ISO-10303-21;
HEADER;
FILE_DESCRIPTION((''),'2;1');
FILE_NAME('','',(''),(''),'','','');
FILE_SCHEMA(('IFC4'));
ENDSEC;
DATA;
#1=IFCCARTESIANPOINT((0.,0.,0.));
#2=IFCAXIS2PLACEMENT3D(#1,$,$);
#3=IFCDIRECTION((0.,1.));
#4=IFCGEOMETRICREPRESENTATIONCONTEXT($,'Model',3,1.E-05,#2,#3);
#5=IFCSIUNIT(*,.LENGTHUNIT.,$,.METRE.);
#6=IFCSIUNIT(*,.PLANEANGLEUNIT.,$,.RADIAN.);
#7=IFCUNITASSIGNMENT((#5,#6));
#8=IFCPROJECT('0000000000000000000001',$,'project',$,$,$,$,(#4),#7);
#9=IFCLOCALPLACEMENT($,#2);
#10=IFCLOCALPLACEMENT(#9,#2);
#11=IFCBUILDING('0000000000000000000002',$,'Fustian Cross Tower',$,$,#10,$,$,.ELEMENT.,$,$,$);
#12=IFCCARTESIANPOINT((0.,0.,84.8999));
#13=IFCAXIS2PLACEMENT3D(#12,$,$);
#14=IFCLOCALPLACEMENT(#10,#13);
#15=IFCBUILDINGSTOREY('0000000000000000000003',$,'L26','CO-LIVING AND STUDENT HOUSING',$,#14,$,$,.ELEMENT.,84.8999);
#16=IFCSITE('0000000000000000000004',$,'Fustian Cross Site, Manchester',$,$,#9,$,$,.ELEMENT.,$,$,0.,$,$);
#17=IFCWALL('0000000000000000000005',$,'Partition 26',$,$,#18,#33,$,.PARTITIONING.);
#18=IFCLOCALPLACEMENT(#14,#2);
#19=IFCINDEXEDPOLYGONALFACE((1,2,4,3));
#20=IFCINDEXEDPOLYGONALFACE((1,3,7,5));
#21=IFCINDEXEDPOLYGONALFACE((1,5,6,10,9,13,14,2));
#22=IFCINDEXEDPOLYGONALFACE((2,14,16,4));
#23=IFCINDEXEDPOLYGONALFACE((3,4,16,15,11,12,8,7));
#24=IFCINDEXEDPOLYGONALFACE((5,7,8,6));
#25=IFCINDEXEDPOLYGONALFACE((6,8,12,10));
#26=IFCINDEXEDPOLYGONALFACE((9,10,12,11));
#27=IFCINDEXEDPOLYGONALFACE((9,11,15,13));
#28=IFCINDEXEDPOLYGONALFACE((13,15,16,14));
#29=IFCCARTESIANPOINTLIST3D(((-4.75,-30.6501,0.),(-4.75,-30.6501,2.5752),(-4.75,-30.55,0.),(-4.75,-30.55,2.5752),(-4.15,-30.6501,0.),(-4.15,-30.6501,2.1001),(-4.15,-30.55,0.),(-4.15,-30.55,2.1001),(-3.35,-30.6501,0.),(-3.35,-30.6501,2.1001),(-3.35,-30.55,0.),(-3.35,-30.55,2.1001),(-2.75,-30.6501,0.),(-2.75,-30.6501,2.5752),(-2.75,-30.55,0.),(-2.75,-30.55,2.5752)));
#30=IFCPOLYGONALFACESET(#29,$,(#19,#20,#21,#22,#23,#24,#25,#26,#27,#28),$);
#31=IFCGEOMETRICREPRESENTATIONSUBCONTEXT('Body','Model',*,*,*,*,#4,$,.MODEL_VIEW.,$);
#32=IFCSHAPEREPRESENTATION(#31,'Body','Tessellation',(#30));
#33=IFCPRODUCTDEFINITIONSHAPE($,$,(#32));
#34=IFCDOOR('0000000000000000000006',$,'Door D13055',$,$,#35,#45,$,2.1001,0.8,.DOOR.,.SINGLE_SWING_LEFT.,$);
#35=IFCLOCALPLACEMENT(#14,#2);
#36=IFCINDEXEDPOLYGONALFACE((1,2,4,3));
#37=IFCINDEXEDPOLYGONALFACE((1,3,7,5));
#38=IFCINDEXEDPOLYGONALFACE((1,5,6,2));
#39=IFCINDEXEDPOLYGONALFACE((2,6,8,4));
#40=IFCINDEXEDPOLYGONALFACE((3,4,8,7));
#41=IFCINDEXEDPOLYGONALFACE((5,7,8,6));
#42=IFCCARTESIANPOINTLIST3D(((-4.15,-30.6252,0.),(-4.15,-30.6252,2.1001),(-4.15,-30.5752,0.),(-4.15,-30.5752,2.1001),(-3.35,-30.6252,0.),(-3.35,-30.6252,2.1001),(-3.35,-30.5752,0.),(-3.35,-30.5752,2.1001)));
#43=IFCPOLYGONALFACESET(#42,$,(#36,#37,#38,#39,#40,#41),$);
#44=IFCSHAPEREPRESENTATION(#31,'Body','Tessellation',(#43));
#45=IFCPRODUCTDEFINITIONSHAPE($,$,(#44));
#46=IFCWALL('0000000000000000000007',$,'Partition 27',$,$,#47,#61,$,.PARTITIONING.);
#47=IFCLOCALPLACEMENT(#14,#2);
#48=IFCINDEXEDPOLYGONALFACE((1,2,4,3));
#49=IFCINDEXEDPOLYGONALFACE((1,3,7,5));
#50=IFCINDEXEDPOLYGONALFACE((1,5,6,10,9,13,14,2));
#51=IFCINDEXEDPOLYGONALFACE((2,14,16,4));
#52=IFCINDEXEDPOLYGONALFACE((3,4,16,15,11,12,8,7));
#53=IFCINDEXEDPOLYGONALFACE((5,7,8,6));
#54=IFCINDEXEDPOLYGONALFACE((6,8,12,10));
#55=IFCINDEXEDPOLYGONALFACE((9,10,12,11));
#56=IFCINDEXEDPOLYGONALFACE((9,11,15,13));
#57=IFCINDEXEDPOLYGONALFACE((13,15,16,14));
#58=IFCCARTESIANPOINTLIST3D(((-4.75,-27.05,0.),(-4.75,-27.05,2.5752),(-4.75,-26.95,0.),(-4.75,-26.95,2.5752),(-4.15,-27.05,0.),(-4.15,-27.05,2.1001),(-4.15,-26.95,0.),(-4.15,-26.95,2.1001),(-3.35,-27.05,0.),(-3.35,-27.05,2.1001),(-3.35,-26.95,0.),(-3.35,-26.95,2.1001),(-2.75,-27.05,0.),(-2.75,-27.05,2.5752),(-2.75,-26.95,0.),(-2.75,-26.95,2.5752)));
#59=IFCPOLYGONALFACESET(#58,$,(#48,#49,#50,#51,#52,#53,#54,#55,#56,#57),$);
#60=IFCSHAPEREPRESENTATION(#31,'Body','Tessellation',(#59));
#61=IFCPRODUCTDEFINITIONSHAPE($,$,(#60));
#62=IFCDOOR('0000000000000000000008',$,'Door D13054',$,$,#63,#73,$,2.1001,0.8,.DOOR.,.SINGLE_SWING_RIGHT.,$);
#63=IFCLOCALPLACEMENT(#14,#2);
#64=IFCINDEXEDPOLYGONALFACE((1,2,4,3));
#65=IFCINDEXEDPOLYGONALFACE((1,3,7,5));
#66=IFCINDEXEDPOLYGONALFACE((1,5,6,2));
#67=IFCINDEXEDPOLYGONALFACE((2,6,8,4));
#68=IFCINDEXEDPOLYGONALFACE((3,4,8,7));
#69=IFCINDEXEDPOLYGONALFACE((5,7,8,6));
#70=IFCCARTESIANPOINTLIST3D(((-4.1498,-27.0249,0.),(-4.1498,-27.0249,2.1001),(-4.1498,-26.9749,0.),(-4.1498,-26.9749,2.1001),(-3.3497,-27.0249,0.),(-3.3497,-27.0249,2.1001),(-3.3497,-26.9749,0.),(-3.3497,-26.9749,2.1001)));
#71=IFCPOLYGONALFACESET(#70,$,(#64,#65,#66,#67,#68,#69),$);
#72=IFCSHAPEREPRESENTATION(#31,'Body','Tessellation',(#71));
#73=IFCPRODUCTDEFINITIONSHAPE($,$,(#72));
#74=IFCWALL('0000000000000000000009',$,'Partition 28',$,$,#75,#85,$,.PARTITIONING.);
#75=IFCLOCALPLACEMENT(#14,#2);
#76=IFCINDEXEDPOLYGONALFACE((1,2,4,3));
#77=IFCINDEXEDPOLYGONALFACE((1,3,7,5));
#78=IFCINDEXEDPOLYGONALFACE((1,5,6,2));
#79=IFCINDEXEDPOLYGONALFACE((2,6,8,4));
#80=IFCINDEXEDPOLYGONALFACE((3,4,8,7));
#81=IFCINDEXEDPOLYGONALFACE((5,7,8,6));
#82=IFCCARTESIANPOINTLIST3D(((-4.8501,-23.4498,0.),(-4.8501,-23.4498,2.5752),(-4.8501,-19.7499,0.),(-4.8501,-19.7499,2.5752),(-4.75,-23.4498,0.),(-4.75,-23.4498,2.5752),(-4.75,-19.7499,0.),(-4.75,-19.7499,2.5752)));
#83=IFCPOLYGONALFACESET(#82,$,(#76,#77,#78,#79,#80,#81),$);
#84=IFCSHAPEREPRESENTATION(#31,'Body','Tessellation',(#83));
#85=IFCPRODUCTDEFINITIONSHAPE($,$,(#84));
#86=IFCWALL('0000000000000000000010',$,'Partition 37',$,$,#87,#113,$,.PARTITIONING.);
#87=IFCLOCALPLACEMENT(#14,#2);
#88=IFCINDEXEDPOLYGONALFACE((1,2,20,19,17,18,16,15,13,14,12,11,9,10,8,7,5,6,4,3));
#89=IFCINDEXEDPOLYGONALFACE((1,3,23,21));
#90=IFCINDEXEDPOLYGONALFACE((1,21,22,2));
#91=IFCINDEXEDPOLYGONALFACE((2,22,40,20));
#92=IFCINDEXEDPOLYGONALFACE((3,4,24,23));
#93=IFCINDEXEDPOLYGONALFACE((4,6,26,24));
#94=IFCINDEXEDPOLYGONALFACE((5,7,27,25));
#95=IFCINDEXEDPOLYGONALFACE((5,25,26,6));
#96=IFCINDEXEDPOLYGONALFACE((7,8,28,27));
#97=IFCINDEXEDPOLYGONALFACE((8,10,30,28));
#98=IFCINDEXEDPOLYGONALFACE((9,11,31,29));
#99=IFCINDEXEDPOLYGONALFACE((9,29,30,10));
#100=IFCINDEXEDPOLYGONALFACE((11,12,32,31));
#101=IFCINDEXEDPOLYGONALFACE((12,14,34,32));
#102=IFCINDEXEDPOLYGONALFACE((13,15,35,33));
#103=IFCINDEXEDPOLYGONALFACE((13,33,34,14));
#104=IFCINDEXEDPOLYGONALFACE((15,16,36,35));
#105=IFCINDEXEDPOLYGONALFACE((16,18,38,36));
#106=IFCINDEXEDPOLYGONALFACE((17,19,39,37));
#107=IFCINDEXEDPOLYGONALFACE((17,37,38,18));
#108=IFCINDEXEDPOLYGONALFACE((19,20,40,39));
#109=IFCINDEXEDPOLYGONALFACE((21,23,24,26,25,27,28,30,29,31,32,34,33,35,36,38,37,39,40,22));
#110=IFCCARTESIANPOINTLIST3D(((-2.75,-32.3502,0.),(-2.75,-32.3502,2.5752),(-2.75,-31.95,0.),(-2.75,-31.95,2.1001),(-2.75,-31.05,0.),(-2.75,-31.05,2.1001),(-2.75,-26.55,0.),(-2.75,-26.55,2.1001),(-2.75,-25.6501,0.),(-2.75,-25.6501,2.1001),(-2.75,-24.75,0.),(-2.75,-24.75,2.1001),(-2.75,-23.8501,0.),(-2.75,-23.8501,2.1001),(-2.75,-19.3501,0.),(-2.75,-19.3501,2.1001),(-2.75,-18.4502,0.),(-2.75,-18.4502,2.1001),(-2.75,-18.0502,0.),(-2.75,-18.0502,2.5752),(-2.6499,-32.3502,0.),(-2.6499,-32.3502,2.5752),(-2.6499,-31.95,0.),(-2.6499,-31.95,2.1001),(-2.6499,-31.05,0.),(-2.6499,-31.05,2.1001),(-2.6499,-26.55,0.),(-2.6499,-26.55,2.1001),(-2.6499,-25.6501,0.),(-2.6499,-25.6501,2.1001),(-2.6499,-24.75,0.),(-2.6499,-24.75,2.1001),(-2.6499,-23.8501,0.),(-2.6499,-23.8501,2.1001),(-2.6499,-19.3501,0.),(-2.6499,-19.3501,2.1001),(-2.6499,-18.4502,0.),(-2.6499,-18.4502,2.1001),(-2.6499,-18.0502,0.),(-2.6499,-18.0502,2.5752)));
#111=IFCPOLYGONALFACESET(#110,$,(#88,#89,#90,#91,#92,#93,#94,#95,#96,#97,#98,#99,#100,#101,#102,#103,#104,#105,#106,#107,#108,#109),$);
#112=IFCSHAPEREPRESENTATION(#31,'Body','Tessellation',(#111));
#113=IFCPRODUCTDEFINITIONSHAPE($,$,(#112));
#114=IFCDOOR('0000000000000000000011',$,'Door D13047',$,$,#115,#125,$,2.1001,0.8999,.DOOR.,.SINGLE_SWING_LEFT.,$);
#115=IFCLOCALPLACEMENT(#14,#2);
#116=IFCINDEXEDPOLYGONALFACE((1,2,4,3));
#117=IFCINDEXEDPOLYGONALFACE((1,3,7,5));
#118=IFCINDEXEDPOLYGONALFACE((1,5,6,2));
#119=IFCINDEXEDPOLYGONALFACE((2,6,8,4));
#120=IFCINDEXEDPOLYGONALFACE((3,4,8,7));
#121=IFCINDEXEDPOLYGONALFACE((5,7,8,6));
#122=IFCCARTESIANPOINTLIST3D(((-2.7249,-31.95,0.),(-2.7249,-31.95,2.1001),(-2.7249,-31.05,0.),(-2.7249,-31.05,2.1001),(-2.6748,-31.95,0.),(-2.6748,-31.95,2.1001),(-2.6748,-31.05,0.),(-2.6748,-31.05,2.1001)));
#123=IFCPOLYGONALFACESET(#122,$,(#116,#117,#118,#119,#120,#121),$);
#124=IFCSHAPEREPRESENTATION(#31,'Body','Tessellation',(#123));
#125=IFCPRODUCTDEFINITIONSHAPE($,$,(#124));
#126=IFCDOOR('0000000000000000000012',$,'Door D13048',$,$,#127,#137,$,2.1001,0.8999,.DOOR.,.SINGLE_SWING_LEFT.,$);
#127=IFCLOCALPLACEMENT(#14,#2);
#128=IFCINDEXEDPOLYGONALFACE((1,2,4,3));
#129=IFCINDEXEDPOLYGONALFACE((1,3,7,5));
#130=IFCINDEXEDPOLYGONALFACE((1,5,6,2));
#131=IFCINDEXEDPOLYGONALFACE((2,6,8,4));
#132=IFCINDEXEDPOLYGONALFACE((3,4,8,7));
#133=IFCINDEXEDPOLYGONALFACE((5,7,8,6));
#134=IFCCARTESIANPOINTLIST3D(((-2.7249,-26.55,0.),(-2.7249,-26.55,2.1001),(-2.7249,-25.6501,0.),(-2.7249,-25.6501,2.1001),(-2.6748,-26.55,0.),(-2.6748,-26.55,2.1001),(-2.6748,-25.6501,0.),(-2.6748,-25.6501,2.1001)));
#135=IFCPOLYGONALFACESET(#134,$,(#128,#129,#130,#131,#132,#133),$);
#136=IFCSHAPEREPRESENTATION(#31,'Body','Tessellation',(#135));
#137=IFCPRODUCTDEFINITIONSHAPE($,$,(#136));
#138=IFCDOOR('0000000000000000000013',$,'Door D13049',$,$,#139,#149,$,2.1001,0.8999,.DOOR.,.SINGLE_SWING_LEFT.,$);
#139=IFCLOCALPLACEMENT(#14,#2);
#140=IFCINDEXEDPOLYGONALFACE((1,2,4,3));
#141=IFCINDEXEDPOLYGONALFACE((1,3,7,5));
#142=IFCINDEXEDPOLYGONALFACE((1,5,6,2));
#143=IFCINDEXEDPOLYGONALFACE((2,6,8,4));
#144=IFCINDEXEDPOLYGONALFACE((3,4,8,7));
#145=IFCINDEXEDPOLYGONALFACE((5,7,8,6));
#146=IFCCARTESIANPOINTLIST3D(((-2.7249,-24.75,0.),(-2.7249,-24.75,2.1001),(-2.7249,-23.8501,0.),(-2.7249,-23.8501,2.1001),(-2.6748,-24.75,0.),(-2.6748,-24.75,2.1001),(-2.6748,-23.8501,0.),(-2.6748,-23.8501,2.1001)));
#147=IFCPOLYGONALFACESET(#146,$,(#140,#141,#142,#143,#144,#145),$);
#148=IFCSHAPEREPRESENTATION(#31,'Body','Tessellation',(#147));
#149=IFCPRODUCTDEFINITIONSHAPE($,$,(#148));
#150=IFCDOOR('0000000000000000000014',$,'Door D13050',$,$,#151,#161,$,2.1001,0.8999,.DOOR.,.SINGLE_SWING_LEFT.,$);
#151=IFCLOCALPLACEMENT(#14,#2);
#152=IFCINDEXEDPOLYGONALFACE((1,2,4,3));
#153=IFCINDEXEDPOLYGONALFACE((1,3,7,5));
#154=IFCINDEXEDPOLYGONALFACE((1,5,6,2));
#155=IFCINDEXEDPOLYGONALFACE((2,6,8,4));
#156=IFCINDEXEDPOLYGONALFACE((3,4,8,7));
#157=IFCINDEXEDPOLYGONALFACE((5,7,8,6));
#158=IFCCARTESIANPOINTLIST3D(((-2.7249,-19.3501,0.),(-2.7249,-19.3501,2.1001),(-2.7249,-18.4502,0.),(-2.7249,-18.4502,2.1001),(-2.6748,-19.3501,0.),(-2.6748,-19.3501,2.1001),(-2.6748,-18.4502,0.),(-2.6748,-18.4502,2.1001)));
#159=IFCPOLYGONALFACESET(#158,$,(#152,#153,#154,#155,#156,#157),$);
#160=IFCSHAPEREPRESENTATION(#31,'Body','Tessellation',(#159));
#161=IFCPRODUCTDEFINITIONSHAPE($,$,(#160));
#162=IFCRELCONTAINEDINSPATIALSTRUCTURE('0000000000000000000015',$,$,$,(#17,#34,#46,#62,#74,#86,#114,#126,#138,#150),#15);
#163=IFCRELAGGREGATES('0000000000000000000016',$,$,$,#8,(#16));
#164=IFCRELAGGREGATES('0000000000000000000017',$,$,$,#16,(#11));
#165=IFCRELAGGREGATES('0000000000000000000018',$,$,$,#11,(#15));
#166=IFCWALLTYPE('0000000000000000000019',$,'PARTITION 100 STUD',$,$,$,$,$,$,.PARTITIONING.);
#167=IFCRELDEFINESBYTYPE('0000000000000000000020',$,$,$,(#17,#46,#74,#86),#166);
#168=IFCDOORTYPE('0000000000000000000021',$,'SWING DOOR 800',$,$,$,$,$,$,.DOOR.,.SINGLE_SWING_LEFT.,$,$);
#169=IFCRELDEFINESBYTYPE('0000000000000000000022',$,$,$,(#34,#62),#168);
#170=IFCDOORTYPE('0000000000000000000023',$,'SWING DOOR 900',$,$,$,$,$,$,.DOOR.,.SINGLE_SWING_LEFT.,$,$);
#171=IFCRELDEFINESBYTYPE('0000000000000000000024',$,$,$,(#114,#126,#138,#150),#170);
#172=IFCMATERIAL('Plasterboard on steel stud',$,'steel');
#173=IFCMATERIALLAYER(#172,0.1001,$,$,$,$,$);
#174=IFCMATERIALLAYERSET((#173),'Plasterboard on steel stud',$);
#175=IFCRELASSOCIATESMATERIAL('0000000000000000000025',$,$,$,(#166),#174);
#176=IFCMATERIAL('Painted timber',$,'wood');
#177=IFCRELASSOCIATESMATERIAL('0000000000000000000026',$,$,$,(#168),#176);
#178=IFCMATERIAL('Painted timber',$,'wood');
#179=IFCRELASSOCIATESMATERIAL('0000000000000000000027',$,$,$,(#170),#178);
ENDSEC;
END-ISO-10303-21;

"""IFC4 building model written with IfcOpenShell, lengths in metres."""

from ifc_helpers import new_model, si_unit, direction, frame, frame_2d, origin, place, context, subcontext, project, spatial, rectangle, extrude, material, layer, layer_set, type_object, element, fill, save


model = new_model("IFC4")

# Units and contexts
model_context = context("Model", 3, precision=1e-05, world=origin(), true_north=direction((0.0, 1.0)))
body_context = subcontext(model_context, "Body", "Model", "MODEL_VIEW")
ifc_project = project(units=[si_unit("LENGTHUNIT", "METRE"), si_unit("PLANEANGLEUNIT", "RADIAN")], contexts=[model_context])

# Site, building, storey
site_placement = place(None, origin())
site = spatial("IfcSite", under=ifc_project, at=site_placement, Name="Fustian Cross Site, Manchester", CompositionType="ELEMENT", RefElevation=0.0)
building_placement = place(site_placement, origin())
building = spatial("IfcBuilding", under=site, at=building_placement, Name="Fustian Cross Tower", CompositionType="ELEMENT")
storey_placement = place(building_placement, frame((0.0, 0.0, 84.8999)))
storey = spatial("IfcBuildingStorey", under=building, at=storey_placement, Name="L26", Description="CO-LIVING AND STUDENT HOUSING", CompositionType="ELEMENT", Elevation=84.8999)

# Shared definitions
ifc_material_1 = material(Name="Plasterboard on steel stud", Category="steel")
ifc_layer_1 = layer(ifc_material_1, 0.1001)
ifc_layer_set_1 = layer_set([ifc_layer_1], Name="Plasterboard on steel stud")
wall_type_1 = type_object("IfcWallType", Name="PARTITION 100 STUD", PredefinedType="PARTITIONING", material=ifc_layer_set_1)
ifc_material_2 = material(Name="Painted timber", Category="wood")
door_type_1 = type_object("IfcDoorType", Name="SWING DOOR 800", OperationType="SINGLE_SWING_LEFT", PredefinedType="DOOR", material=ifc_material_2)

# Walls, openings, doors
wall_1_placement = place(storey_placement, frame((-4.75, -30.6001, 0.0), z_axis=(0.0, 0.0, 1.0), x_axis=(1.0, 0.0, 0.0)))
wall_1 = element("IfcWall", 1, at=wall_1_placement, inside=storey, type_object=wall_type_1, Name="Partition 26", PredefinedType="PARTITIONING", context=body_context, shape_type="SweptSolid", body=[
    extrude(rectangle(XDim=2.0, YDim=0.1001, at=frame_2d((1.0, 0.0))), origin(), (0.0, 0.0, 1.0), 2.5752),
])
opening_1_placement = place(wall_1_placement, frame((0.6001, 0.0, 0.0)))
opening_1 = element("IfcOpeningElement", 2, at=opening_1_placement, cuts=wall_1, PredefinedType="OPENING", context=body_context, shape_type="SweptSolid", body=[
    extrude(rectangle(XDim=0.8, YDim=2.1001, at=frame_2d((0.3999, 1.05))), frame((0.0, 0.0601, 0.0), z_axis=(0.0, -1.0, 0.0), x_axis=(1.0, 0.0, 0.0)), (0.0, 0.0, 1.0), 0.1201),
])
door_1_placement = place(opening_1_placement, origin())
door_1 = element("IfcDoor", 3, at=door_1_placement, inside=storey, type_object=door_type_1, Name="Door D13055", OperationType="SINGLE_SWING_LEFT", OverallHeight=2.1001, OverallWidth=0.8, PredefinedType="DOOR", context=body_context, shape_type="SweptSolid", body=[
    extrude(rectangle(XDim=0.8, YDim=2.1001, at=frame_2d((0.3999, 1.05))), frame((0.0, 0.0249, 0.0), z_axis=(0.0, -1.0, 0.0), x_axis=(1.0, 0.0, 0.0)), (0.0, 0.0, 1.0), 0.05),
])
fill(opening_1, door_1)
wall_2_placement = place(storey_placement, frame((-4.75, -27.0, 0.0), z_axis=(0.0, 0.0, 1.0), x_axis=(1.0, 0.0, 0.0)))
wall_2 = element("IfcWall", 4, at=wall_2_placement, inside=storey, type_object=wall_type_1, Name="Partition 27", PredefinedType="PARTITIONING", context=body_context, shape_type="SweptSolid", body=[
    extrude(rectangle(XDim=2.0, YDim=0.1001, at=frame_2d((1.0, 0.0))), origin(), (0.0, 0.0, 1.0), 2.5752),
])
opening_2_placement = place(wall_2_placement, frame((0.6001, 0.0, 0.0)))
opening_2 = element("IfcOpeningElement", 5, at=opening_2_placement, cuts=wall_2, PredefinedType="OPENING", context=body_context, shape_type="SweptSolid", body=[
    extrude(rectangle(XDim=0.8, YDim=2.1001, at=frame_2d((0.3999, 1.05))), frame((0.0, 0.0601, 0.0), z_axis=(0.0, -1.0, 0.0), x_axis=(1.0, 0.0, 0.0)), (0.0, 0.0, 1.0), 0.1201),
])
door_2_placement = place(opening_2_placement, frame((0.8, 0.0, 0.0), z_axis=(0.0, 0.0, 1.0), x_axis=(-1.0, 0.0, 0.0)))
door_2 = element("IfcDoor", 6, at=door_2_placement, inside=storey, type_object=door_type_1, Name="Door D13054", OperationType="SINGLE_SWING_RIGHT", OverallHeight=2.1001, OverallWidth=0.8, PredefinedType="DOOR", context=body_context, shape_type="SweptSolid", body=[
    extrude(rectangle(XDim=0.8, YDim=2.1001, at=frame_2d((0.3999, 1.05))), frame((0.0, 0.0249, 0.0), z_axis=(0.0, -1.0, 0.0), x_axis=(1.0, 0.0, 0.0)), (0.0, 0.0, 1.0), 0.05),
])
fill(opening_2, door_2)

# Wall
wall_3_placement = place(storey_placement, frame((-4.8, -23.45, 0.0), z_axis=(0.0, 0.0, 1.0), x_axis=(0.0, 1.0, 0.0)))
element("IfcWall", 7, at=wall_3_placement, inside=storey, type_object=wall_type_1, Name="Partition 28", PredefinedType="PARTITIONING", context=body_context, shape_type="SweptSolid", body=[
    extrude(rectangle(XDim=3.7, YDim=0.1001, at=frame_2d((1.8501, 0.0))), origin(), (0.0, 0.0, 1.0), 2.5752),
])

# Wall, openings, doors
wall_4_placement = place(storey_placement, frame((-2.7, -32.3501, 0.0), z_axis=(0.0, 0.0, 1.0), x_axis=(0.0, 1.0, 0.0)))
wall_4 = element("IfcWall", 8, at=wall_4_placement, inside=storey, type_object=wall_type_1, Name="Partition 37", PredefinedType="PARTITIONING", context=body_context, shape_type="SweptSolid", body=[
    extrude(rectangle(XDim=14.3, YDim=0.1001, at=frame_2d((7.1499, 0.0))), origin(), (0.0, 0.0, 1.0), 2.5752),
])
opening_3_placement = place(wall_4_placement, frame((0.4001, 0.0, 0.0)))
opening_3 = element("IfcOpeningElement", 9, at=opening_3_placement, cuts=wall_4, PredefinedType="OPENING", context=body_context, shape_type="SweptSolid", body=[
    extrude(rectangle(XDim=0.8999, YDim=2.1001, at=frame_2d((0.45, 1.05))), frame((0.0, 0.0601, 0.0), z_axis=(0.0, -1.0, 0.0), x_axis=(1.0, 0.0, 0.0)), (0.0, 0.0, 1.0), 0.1201),
])
opening_4_placement = place(wall_4_placement, frame((5.8, 0.0, 0.0)))
opening_4 = element("IfcOpeningElement", 10, at=opening_4_placement, cuts=wall_4, PredefinedType="OPENING", context=body_context, shape_type="SweptSolid", body=[
    extrude(rectangle(XDim=0.8999, YDim=2.1001, at=frame_2d((0.45, 1.05))), frame((0.0, 0.0601, 0.0), z_axis=(0.0, -1.0, 0.0), x_axis=(1.0, 0.0, 0.0)), (0.0, 0.0, 1.0), 0.1201),
])
opening_5_placement = place(wall_4_placement, frame((7.6001, 0.0, 0.0)))
opening_5 = element("IfcOpeningElement", 11, at=opening_5_placement, cuts=wall_4, PredefinedType="OPENING", context=body_context, shape_type="SweptSolid", body=[
    extrude(rectangle(XDim=0.8999, YDim=2.1001, at=frame_2d((0.45, 1.05))), frame((0.0, 0.0601, 0.0), z_axis=(0.0, -1.0, 0.0), x_axis=(1.0, 0.0, 0.0)), (0.0, 0.0, 1.0), 0.1201),
])
opening_6_placement = place(wall_4_placement, frame((13.0, 0.0, 0.0)))
opening_6 = element("IfcOpeningElement", 12, at=opening_6_placement, cuts=wall_4, PredefinedType="OPENING", context=body_context, shape_type="SweptSolid", body=[
    extrude(rectangle(XDim=0.8999, YDim=2.1001, at=frame_2d((0.45, 1.05))), frame((0.0, 0.0601, 0.0), z_axis=(0.0, -1.0, 0.0), x_axis=(1.0, 0.0, 0.0)), (0.0, 0.0, 1.0), 0.1201),
])
ifc_material_3 = material(Name="Painted timber", Category="wood")
door_type_2 = type_object("IfcDoorType", Name="SWING DOOR 900", OperationType="SINGLE_SWING_LEFT", PredefinedType="DOOR", material=ifc_material_3)
door_3_placement = place(opening_3_placement, origin())
door_3 = element("IfcDoor", 13, at=door_3_placement, inside=storey, type_object=door_type_2, Name="Door D13047", OperationType="SINGLE_SWING_LEFT", OverallHeight=2.1001, OverallWidth=0.8999, PredefinedType="DOOR", context=body_context, shape_type="SweptSolid", body=[
    extrude(rectangle(XDim=0.8999, YDim=2.1001, at=frame_2d((0.45, 1.05))), frame((0.0, 0.0249, 0.0), z_axis=(0.0, -1.0, 0.0), x_axis=(1.0, 0.0, 0.0)), (0.0, 0.0, 1.0), 0.05),
])
fill(opening_3, door_3)
door_4_placement = place(opening_4_placement, origin())
door_4 = element("IfcDoor", 14, at=door_4_placement, inside=storey, type_object=door_type_2, Name="Door D13048", OperationType="SINGLE_SWING_LEFT", OverallHeight=2.1001, OverallWidth=0.8999, PredefinedType="DOOR", context=body_context, shape_type="SweptSolid", body=[
    extrude(rectangle(XDim=0.8999, YDim=2.1001, at=frame_2d((0.45, 1.05))), frame((0.0, 0.0249, 0.0), z_axis=(0.0, -1.0, 0.0), x_axis=(1.0, 0.0, 0.0)), (0.0, 0.0, 1.0), 0.05),
])
fill(opening_4, door_4)
door_5_placement = place(opening_5_placement, origin())
door_5 = element("IfcDoor", 15, at=door_5_placement, inside=storey, type_object=door_type_2, Name="Door D13049", OperationType="SINGLE_SWING_LEFT", OverallHeight=2.1001, OverallWidth=0.8999, PredefinedType="DOOR", context=body_context, shape_type="SweptSolid", body=[
    extrude(rectangle(XDim=0.8999, YDim=2.1001, at=frame_2d((0.45, 1.05))), frame((0.0, 0.0249, 0.0), z_axis=(0.0, -1.0, 0.0), x_axis=(1.0, 0.0, 0.0)), (0.0, 0.0, 1.0), 0.05),
])
fill(opening_5, door_5)
door_6_placement = place(opening_6_placement, origin())
door_6 = element("IfcDoor", 16, at=door_6_placement, inside=storey, type_object=door_type_2, Name="Door D13050", OperationType="SINGLE_SWING_LEFT", OverallHeight=2.1001, OverallWidth=0.8999, PredefinedType="DOOR", context=body_context, shape_type="SweptSolid", body=[
    extrude(rectangle(XDim=0.8999, YDim=2.1001, at=frame_2d((0.45, 1.05))), frame((0.0, 0.0249, 0.0), z_axis=(0.0, -1.0, 0.0), x_axis=(1.0, 0.0, 0.0)), (0.0, 0.0, 1.0), 0.05),
])
fill(opening_6, door_6)

save(model, "model.ifc")
